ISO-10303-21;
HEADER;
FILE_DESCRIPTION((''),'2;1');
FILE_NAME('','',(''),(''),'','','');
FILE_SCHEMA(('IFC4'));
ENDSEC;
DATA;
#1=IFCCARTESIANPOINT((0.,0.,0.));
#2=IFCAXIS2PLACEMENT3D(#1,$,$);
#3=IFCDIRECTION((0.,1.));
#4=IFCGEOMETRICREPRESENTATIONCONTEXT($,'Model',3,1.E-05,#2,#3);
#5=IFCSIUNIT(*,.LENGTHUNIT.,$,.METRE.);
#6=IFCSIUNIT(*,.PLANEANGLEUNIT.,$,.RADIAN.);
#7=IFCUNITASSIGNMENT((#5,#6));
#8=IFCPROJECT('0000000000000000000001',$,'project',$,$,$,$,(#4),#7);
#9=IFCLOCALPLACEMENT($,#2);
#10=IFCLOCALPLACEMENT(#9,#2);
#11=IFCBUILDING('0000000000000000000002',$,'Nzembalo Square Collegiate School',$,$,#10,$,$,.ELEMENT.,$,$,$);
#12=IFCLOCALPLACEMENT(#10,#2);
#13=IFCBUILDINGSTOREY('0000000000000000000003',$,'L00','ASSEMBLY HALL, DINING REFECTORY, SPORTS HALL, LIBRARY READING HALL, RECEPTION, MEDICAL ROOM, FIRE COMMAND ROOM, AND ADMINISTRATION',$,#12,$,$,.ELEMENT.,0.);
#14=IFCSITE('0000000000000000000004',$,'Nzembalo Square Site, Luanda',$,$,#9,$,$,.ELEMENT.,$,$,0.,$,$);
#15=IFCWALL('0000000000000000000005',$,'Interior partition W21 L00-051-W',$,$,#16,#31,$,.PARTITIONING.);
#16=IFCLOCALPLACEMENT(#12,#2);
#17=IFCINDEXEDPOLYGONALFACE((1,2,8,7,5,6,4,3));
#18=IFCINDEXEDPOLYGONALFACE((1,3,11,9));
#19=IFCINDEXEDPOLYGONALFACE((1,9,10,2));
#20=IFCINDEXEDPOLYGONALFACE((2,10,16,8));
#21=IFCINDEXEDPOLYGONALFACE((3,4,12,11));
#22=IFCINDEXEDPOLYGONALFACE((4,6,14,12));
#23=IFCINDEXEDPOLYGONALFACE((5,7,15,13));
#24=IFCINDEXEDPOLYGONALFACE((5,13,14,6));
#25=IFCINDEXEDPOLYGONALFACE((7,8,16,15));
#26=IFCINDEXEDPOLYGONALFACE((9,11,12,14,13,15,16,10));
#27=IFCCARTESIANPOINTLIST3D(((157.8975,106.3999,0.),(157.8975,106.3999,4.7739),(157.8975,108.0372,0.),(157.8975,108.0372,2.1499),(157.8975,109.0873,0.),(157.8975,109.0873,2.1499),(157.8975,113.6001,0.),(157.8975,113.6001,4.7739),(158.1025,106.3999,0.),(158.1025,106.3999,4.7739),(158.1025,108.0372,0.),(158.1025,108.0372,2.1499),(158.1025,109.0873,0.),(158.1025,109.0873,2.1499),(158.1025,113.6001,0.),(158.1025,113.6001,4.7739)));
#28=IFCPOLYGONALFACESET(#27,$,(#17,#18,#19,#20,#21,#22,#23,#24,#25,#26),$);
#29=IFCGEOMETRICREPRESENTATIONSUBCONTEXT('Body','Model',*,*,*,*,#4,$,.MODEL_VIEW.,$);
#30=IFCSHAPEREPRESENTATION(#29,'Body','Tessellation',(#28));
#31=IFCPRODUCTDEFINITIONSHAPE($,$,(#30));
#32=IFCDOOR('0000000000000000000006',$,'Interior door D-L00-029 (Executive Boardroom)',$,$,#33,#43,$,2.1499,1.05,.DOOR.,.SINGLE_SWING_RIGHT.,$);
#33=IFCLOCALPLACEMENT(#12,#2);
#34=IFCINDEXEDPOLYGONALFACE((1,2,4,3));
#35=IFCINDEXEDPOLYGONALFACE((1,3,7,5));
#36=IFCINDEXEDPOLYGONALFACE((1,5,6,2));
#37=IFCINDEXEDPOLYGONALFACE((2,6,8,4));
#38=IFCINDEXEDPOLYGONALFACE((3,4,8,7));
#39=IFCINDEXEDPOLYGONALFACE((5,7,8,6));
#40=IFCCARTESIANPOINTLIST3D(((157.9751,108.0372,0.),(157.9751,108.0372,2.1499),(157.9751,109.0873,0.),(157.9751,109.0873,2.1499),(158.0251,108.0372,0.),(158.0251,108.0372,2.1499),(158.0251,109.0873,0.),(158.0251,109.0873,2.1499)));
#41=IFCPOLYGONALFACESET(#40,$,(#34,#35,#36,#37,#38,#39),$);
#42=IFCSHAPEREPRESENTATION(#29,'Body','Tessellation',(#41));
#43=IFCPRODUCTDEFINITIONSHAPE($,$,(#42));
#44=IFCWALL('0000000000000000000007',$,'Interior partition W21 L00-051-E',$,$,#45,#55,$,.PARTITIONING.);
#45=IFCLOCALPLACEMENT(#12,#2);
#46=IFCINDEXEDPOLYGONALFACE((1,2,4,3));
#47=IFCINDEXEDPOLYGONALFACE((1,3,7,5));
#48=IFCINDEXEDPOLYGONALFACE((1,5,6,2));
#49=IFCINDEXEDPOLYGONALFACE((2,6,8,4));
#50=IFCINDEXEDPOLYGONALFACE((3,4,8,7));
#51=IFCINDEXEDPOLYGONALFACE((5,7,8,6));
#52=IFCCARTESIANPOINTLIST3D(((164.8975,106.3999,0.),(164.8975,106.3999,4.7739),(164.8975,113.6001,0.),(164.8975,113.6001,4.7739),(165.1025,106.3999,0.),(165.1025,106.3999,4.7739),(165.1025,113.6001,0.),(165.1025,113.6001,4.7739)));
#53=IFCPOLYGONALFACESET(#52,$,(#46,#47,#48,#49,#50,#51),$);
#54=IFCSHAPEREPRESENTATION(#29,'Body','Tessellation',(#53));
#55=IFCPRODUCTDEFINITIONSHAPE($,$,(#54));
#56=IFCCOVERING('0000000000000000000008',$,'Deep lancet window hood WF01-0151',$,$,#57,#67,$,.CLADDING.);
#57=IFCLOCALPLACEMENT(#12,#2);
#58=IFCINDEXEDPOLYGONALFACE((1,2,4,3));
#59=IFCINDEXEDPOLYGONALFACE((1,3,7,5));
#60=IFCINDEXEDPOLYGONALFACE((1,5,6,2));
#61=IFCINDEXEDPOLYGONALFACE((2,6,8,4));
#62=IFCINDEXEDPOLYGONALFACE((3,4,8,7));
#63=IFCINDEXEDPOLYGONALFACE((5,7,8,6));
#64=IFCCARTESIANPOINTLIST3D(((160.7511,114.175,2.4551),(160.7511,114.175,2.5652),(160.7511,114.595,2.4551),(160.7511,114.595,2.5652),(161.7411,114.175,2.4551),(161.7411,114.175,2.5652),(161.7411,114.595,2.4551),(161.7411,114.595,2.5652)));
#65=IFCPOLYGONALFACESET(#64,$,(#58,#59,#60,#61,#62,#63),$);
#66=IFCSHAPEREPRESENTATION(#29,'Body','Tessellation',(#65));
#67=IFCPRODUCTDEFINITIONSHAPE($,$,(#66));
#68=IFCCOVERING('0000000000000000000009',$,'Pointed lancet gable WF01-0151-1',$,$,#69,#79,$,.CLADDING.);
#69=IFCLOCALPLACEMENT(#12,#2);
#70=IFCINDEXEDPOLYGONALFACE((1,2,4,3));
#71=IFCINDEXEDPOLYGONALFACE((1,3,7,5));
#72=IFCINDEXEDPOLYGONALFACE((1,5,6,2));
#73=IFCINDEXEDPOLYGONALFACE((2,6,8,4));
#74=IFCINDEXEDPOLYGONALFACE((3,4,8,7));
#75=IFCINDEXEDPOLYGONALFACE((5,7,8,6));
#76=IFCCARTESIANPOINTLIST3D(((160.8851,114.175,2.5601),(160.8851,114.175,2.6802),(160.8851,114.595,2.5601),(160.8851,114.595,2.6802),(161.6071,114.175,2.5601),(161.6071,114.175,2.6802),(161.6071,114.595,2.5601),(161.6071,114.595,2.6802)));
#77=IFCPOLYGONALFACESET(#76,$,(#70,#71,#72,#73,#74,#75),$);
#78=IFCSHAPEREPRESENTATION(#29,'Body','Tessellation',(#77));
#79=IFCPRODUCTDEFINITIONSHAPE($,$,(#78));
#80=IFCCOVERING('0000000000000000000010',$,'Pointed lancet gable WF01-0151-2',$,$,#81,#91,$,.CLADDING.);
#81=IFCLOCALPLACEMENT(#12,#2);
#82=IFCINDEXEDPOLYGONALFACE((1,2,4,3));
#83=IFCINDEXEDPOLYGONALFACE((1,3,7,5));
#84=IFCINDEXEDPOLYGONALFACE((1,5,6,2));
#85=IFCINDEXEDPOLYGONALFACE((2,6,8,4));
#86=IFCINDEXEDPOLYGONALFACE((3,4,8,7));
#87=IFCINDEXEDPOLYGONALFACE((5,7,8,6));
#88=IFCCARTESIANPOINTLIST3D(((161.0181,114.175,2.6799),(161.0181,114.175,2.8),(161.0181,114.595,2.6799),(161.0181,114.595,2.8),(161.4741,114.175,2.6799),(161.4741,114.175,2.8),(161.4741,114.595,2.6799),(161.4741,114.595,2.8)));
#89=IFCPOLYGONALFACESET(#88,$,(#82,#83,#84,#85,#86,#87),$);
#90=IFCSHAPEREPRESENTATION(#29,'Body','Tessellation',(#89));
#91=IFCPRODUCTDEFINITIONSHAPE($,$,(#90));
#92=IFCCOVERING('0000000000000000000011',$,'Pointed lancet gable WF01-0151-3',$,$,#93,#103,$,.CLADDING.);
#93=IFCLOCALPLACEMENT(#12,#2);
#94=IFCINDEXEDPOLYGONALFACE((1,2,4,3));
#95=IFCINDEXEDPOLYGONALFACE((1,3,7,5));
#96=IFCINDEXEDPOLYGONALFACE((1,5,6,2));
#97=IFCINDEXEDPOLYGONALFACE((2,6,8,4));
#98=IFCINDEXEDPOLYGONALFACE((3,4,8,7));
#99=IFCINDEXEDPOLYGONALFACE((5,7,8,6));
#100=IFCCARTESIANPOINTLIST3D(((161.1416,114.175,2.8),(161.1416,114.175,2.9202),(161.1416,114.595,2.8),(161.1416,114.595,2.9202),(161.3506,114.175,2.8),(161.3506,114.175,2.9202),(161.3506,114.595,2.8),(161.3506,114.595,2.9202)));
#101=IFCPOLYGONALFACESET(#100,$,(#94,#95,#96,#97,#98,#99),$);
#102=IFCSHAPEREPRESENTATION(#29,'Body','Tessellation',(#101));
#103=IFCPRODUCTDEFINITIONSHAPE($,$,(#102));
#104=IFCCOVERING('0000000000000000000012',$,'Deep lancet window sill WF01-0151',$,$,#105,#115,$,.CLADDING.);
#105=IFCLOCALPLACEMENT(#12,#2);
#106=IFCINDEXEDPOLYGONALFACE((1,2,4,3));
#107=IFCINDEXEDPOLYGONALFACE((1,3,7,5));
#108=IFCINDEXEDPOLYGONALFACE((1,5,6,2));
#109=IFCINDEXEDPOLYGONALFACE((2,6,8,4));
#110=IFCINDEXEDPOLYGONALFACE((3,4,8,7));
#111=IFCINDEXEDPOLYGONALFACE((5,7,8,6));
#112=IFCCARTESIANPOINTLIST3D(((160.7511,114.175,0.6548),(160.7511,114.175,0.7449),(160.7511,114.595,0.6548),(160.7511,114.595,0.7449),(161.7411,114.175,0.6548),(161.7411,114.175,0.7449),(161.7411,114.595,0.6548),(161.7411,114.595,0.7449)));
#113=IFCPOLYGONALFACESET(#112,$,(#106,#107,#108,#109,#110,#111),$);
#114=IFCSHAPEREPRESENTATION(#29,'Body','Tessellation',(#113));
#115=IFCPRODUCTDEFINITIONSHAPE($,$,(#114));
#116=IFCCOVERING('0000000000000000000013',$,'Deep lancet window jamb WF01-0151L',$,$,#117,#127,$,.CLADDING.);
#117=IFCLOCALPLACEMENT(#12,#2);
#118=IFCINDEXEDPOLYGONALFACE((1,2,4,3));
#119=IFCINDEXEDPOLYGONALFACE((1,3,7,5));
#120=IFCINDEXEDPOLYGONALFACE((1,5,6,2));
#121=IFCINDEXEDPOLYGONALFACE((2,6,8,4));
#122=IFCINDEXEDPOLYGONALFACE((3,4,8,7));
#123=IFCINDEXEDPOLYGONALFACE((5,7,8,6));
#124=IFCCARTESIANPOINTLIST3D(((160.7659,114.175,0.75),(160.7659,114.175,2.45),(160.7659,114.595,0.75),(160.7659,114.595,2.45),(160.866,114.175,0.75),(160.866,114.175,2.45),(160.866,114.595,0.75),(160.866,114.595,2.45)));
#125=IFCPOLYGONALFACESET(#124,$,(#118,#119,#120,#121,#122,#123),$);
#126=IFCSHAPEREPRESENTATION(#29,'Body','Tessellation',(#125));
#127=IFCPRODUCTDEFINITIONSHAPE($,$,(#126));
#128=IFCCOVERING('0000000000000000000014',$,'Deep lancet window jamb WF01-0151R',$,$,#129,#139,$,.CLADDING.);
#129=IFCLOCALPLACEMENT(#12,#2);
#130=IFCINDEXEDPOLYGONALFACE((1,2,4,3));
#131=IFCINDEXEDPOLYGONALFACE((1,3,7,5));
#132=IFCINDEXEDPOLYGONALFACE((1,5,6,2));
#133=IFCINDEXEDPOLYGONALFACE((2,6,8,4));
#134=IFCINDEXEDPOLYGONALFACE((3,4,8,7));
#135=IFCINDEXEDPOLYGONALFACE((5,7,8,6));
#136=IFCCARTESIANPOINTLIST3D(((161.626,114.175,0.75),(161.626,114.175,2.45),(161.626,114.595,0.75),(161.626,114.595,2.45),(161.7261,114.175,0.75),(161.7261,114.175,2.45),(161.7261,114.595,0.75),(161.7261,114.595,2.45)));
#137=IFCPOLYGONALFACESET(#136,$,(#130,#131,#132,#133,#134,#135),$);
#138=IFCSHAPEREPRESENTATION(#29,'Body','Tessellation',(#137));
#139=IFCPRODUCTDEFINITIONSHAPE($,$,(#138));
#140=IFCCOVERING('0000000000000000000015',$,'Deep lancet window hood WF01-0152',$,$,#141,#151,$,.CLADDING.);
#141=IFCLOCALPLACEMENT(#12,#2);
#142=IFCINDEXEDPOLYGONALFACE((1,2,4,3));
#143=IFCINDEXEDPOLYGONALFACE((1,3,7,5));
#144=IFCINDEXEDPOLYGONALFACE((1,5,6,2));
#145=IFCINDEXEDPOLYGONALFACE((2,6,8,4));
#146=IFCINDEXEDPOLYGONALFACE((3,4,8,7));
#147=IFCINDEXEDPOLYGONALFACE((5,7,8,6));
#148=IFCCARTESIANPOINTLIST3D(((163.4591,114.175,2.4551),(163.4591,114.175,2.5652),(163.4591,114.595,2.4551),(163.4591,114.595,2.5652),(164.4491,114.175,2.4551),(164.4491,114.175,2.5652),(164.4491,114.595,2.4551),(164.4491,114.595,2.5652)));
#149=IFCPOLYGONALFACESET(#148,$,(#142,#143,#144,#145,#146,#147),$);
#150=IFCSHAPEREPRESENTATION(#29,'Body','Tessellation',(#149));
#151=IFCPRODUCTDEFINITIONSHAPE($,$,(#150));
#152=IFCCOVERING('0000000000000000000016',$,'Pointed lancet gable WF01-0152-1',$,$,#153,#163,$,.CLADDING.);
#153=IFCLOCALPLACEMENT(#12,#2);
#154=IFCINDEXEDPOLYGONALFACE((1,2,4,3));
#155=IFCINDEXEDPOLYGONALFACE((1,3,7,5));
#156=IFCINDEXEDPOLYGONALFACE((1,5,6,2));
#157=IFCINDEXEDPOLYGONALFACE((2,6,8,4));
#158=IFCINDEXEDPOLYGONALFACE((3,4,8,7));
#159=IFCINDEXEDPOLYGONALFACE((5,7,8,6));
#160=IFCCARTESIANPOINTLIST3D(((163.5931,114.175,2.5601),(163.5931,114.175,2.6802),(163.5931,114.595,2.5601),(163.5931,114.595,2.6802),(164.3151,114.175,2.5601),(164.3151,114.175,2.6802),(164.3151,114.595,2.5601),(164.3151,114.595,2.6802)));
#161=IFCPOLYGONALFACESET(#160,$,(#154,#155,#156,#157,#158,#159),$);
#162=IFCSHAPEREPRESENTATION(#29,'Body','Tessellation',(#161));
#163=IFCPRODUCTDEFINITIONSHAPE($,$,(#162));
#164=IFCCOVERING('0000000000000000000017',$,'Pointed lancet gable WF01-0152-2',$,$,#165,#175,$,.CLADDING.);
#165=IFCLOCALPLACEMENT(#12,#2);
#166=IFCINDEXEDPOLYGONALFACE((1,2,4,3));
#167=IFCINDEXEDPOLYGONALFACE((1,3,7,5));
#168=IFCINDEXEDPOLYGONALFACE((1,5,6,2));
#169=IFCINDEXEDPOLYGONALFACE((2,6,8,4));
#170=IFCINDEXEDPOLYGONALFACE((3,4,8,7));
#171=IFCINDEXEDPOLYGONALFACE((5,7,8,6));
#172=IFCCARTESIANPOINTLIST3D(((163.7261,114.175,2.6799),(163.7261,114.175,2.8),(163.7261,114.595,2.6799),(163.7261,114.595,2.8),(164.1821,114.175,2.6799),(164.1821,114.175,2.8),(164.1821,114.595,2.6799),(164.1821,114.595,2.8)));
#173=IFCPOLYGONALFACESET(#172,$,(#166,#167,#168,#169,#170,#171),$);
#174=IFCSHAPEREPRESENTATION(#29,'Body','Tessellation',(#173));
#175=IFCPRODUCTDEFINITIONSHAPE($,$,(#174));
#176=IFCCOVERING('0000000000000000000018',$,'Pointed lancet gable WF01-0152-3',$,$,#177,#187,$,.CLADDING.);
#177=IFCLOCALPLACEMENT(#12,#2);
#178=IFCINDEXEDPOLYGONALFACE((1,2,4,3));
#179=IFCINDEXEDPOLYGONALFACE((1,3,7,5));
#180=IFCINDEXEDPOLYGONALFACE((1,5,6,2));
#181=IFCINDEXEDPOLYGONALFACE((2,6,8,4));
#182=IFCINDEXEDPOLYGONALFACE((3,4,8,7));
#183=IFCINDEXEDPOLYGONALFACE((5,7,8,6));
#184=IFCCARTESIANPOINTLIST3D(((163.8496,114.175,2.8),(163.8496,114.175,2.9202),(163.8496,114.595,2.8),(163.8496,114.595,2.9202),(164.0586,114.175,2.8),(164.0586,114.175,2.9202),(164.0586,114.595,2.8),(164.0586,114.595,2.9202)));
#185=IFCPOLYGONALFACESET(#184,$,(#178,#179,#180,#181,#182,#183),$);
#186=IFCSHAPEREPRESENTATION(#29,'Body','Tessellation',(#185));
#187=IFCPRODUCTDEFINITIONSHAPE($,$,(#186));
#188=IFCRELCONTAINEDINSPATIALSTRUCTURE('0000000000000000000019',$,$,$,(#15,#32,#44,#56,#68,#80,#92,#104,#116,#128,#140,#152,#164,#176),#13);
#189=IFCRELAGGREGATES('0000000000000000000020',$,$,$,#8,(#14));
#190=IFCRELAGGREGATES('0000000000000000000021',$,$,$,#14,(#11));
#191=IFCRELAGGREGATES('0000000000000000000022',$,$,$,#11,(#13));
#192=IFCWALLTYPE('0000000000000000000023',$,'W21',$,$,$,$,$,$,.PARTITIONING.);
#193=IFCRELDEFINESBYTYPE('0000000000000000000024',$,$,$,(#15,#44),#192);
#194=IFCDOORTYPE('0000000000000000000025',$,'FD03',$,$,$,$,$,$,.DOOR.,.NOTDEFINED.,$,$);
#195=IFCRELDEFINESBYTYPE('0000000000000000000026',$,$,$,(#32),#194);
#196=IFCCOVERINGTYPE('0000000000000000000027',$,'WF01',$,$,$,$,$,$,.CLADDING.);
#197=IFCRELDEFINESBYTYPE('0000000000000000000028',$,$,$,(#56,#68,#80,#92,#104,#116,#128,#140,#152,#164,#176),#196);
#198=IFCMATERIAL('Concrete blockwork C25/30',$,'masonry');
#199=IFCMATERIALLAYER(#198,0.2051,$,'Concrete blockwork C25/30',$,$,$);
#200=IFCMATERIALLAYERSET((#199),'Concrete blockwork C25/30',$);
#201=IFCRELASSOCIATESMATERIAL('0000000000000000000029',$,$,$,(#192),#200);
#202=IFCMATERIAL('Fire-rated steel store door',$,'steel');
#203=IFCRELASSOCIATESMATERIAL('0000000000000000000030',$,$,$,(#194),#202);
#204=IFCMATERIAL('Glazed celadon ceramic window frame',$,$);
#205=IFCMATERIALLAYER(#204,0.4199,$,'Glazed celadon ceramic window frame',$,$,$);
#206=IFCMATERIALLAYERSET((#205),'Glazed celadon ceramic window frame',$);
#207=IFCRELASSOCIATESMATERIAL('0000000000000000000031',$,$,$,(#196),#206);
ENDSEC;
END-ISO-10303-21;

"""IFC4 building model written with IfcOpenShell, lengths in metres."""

from ifc_helpers import new_model, si_unit, direction, frame, frame_2d, origin, origin_2d, place, context, subcontext, project, spatial, rectangle, extrude, material, layer, layer_set, type_object, element, fill, save


model = new_model("IFC4")

# Units and contexts
model_context = context("Model", 3, precision=1e-05, world=origin(), true_north=direction((0.0, 1.0)))
body_context = subcontext(model_context, "Body", "Model", "MODEL_VIEW")
ifc_project = project(units=[si_unit("LENGTHUNIT", "METRE"), si_unit("PLANEANGLEUNIT", "RADIAN")], contexts=[model_context])

# Site, building, storey
site_placement = place(None, origin())
site = spatial("IfcSite", under=ifc_project, at=site_placement, Name="Nzembalo Square Site, Luanda", CompositionType="ELEMENT", RefElevation=0.0)
building_placement = place(site_placement, origin())
building = spatial("IfcBuilding", under=site, at=building_placement, Name="Nzembalo Square Collegiate School", CompositionType="ELEMENT")
storey_placement = place(building_placement, origin())
storey = spatial("IfcBuildingStorey", under=building, at=storey_placement, Name="L00", Description="ASSEMBLY HALL, DINING REFECTORY, SPORTS HALL, LIBRARY READING HALL, RECEPTION, MEDICAL ROOM, FIRE COMMAND ROOM, AND ADMINISTRATION", CompositionType="ELEMENT", Elevation=0.0)

# Wall, opening, door
ifc_material_1 = material(Name="Concrete blockwork C25/30", Category="masonry")
ifc_layer_1 = layer(ifc_material_1, 0.2051, Name="Concrete blockwork C25/30")
ifc_layer_set_1 = layer_set([ifc_layer_1], Name="Concrete blockwork C25/30")
wall_type_1 = type_object("IfcWallType", Name="W21", PredefinedType="PARTITIONING", material=ifc_layer_set_1)
wall_1_placement = place(storey_placement, frame((158.0, 106.3999, 0.0), z_axis=(0.0, 0.0, 1.0), x_axis=(0.0, 1.0, 0.0)))
wall_1 = element("IfcWall", 1, at=wall_1_placement, inside=storey, type_object=wall_type_1, Name="Interior partition W21 L00-051-W", PredefinedType="PARTITIONING", context=body_context, shape_type="SweptSolid", body=[
    extrude(rectangle(XDim=7.2002, YDim=0.2051, at=frame_2d((3.6001, 0.0))), origin(), (0.0, 0.0, 1.0), 4.7739),
])
opening_1_placement = place(wall_1_placement, frame((1.6375, 0.0, 0.0)))
opening_1 = element("IfcOpeningElement", 2, at=opening_1_placement, cuts=wall_1, PredefinedType="OPENING", context=body_context, shape_type="SweptSolid", body=[
    extrude(rectangle(XDim=1.05, YDim=2.1499, at=frame_2d((0.5249, 1.075))), frame((0.0, 0.1125, 0.0), z_axis=(0.0, -1.0, 0.0), x_axis=(1.0, 0.0, 0.0)), (0.0, 0.0, 1.0), 0.2251),
])
ifc_material_2 = material(Name="Fire-rated steel store door", Category="steel")
door_type = type_object("IfcDoorType", Name="FD03", OperationType="NOTDEFINED", PredefinedType="DOOR", material=ifc_material_2)
door_placement = place(opening_1_placement, origin())
door = element("IfcDoor", 3, at=door_placement, inside=storey, type_object=door_type, Name="Interior door D-L00-029 (Executive Boardroom)", OperationType="SINGLE_SWING_RIGHT", OverallHeight=2.1499, OverallWidth=1.05, PredefinedType="DOOR", context=body_context, shape_type="SweptSolid", body=[
    extrude(rectangle(XDim=1.05, YDim=2.1499, at=frame_2d((0.5249, 1.075))), frame((0.0, 0.0249, 0.0), z_axis=(0.0, -1.0, 0.0), x_axis=(1.0, 0.0, 0.0)), (0.0, 0.0, 1.0), 0.05),
])
fill(opening_1, door)

# Wall
wall_2_placement = place(storey_placement, frame((165.0, 106.3999, 0.0), z_axis=(0.0, 0.0, 1.0), x_axis=(0.0, 1.0, 0.0)))
element("IfcWall", 4, at=wall_2_placement, inside=storey, type_object=wall_type_1, Name="Interior partition W21 L00-051-E", PredefinedType="PARTITIONING", context=body_context, shape_type="SweptSolid", body=[
    extrude(rectangle(XDim=7.2002, YDim=0.2051, at=frame_2d((3.6001, 0.0))), origin(), (0.0, 0.0, 1.0), 4.7739),
])

# Coverings
ifc_material_3 = material(Name="Glazed celadon ceramic window frame")
ifc_layer_2 = layer(ifc_material_3, 0.4199, Name="Glazed celadon ceramic window frame")
ifc_layer_set_2 = layer_set([ifc_layer_2], Name="Glazed celadon ceramic window frame")
covering_type = type_object("IfcCoveringType", Name="WF01", PredefinedType="CLADDING", material=ifc_layer_set_2)
covering_1_placement = place(storey_placement, frame((161.2461, 114.385, 2.4551), z_axis=(0.0, 0.0, 1.0), x_axis=(1.0, 0.0, 0.0)))
element("IfcCovering", 5, at=covering_1_placement, inside=storey, type_object=covering_type, Name="Deep lancet window hood WF01-0151", PredefinedType="CLADDING", context=body_context, shape_type="SweptSolid", body=[
    extrude(rectangle(XDim=0.99, YDim=0.4199, at=origin_2d()), origin(), (0.0, 0.0, 1.0), 0.1101),
])
covering_2_placement = place(storey_placement, frame((161.2461, 114.385, 2.5601), z_axis=(0.0, 0.0, 1.0), x_axis=(1.0, 0.0, 0.0)))
element("IfcCovering", 6, at=covering_2_placement, inside=storey, type_object=covering_type, Name="Pointed lancet gable WF01-0151-1", PredefinedType="CLADDING", context=body_context, shape_type="SweptSolid", body=[
    extrude(rectangle(XDim=0.7219, YDim=0.4199, at=origin_2d()), origin(), (0.0, 0.0, 1.0), 0.1201),
])
covering_3_placement = place(storey_placement, frame((161.2461, 114.385, 2.6799), z_axis=(0.0, 0.0, 1.0), x_axis=(1.0, 0.0, 0.0)))
element("IfcCovering", 7, at=covering_3_placement, inside=storey, type_object=covering_type, Name="Pointed lancet gable WF01-0151-2", PredefinedType="CLADDING", context=body_context, shape_type="SweptSolid", body=[
    extrude(rectangle(XDim=0.4561, YDim=0.4199, at=origin_2d()), origin(), (0.0, 0.0, 1.0), 0.1201),
])
covering_4_placement = place(storey_placement, frame((161.2461, 114.385, 2.8), z_axis=(0.0, 0.0, 1.0), x_axis=(1.0, 0.0, 0.0)))
element("IfcCovering", 8, at=covering_4_placement, inside=storey, type_object=covering_type, Name="Pointed lancet gable WF01-0151-3", PredefinedType="CLADDING", context=body_context, shape_type="SweptSolid", body=[
    extrude(rectangle(XDim=0.209, YDim=0.4199, at=origin_2d()), origin(), (0.0, 0.0, 1.0), 0.1201),
])
covering_5_placement = place(storey_placement, frame((161.2461, 114.385, 0.6548), z_axis=(0.0, 0.0, 1.0), x_axis=(1.0, 0.0, 0.0)))
element("IfcCovering", 9, at=covering_5_placement, inside=storey, type_object=covering_type, Name="Deep lancet window sill WF01-0151", PredefinedType="CLADDING", context=body_context, shape_type="SweptSolid", body=[
    extrude(rectangle(XDim=0.99, YDim=0.4199, at=origin_2d()), origin(), (0.0, 0.0, 1.0), 0.0901),
])
for number, where, z_axis, x_axis, name in (
    (10, (160.8159, 114.385, 0.75), (0.0, 0.0, 1.0), (1.0, 0.0, 0.0), "Deep lancet window jamb WF01-0151L"),
    (11, (161.676, 114.385, 0.75), (0.0, 0.0, 1.0), (1.0, 0.0, 0.0), "Deep lancet window jamb WF01-0151R"),
):
    element("IfcCovering", number, at=place(storey_placement, frame(where, z_axis=z_axis, x_axis=x_axis)), inside=storey, type_object=covering_type, Name=name, PredefinedType="CLADDING", context=body_context, shape_type="SweptSolid", body=[
        extrude(rectangle(XDim=0.1001, YDim=0.4199, at=origin_2d()), origin(), (0.0, 0.0, 1.0), 1.7),
    ])
covering_6_placement = place(storey_placement, frame((163.9541, 114.385, 2.4551), z_axis=(0.0, 0.0, 1.0), x_axis=(1.0, 0.0, 0.0)))
element("IfcCovering", 12, at=covering_6_placement, inside=storey, type_object=covering_type, Name="Deep lancet window hood WF01-0152", PredefinedType="CLADDING", context=body_context, shape_type="SweptSolid", body=[
    extrude(rectangle(XDim=0.99, YDim=0.4199, at=origin_2d()), origin(), (0.0, 0.0, 1.0), 0.1101),
])
covering_7_placement = place(storey_placement, frame((163.9541, 114.385, 2.5601), z_axis=(0.0, 0.0, 1.0), x_axis=(1.0, 0.0, 0.0)))
element("IfcCovering", 13, at=covering_7_placement, inside=storey, type_object=covering_type, Name="Pointed lancet gable WF01-0152-1", PredefinedType="CLADDING", context=body_context, shape_type="SweptSolid", body=[
    extrude(rectangle(XDim=0.7219, YDim=0.4199, at=origin_2d()), origin(), (0.0, 0.0, 1.0), 0.1201),
])
covering_8_placement = place(storey_placement, frame((163.9541, 114.385, 2.6799), z_axis=(0.0, 0.0, 1.0), x_axis=(1.0, 0.0, 0.0)))
element("IfcCovering", 14, at=covering_8_placement, inside=storey, type_object=covering_type, Name="Pointed lancet gable WF01-0152-2", PredefinedType="CLADDING", context=body_context, shape_type="SweptSolid", body=[
    extrude(rectangle(XDim=0.4561, YDim=0.4199, at=origin_2d()), origin(), (0.0, 0.0, 1.0), 0.1201),
])
covering_9_placement = place(storey_placement, frame((163.9541, 114.385, 2.8), z_axis=(0.0, 0.0, 1.0), x_axis=(1.0, 0.0, 0.0)))
element("IfcCovering", 15, at=covering_9_placement, inside=storey, type_object=covering_type, Name="Pointed lancet gable WF01-0152-3", PredefinedType="CLADDING", context=body_context, shape_type="SweptSolid", body=[
    extrude(rectangle(XDim=0.209, YDim=0.4199, at=origin_2d()), origin(), (0.0, 0.0, 1.0), 0.1201),
])

save(model, "model.ifc")
